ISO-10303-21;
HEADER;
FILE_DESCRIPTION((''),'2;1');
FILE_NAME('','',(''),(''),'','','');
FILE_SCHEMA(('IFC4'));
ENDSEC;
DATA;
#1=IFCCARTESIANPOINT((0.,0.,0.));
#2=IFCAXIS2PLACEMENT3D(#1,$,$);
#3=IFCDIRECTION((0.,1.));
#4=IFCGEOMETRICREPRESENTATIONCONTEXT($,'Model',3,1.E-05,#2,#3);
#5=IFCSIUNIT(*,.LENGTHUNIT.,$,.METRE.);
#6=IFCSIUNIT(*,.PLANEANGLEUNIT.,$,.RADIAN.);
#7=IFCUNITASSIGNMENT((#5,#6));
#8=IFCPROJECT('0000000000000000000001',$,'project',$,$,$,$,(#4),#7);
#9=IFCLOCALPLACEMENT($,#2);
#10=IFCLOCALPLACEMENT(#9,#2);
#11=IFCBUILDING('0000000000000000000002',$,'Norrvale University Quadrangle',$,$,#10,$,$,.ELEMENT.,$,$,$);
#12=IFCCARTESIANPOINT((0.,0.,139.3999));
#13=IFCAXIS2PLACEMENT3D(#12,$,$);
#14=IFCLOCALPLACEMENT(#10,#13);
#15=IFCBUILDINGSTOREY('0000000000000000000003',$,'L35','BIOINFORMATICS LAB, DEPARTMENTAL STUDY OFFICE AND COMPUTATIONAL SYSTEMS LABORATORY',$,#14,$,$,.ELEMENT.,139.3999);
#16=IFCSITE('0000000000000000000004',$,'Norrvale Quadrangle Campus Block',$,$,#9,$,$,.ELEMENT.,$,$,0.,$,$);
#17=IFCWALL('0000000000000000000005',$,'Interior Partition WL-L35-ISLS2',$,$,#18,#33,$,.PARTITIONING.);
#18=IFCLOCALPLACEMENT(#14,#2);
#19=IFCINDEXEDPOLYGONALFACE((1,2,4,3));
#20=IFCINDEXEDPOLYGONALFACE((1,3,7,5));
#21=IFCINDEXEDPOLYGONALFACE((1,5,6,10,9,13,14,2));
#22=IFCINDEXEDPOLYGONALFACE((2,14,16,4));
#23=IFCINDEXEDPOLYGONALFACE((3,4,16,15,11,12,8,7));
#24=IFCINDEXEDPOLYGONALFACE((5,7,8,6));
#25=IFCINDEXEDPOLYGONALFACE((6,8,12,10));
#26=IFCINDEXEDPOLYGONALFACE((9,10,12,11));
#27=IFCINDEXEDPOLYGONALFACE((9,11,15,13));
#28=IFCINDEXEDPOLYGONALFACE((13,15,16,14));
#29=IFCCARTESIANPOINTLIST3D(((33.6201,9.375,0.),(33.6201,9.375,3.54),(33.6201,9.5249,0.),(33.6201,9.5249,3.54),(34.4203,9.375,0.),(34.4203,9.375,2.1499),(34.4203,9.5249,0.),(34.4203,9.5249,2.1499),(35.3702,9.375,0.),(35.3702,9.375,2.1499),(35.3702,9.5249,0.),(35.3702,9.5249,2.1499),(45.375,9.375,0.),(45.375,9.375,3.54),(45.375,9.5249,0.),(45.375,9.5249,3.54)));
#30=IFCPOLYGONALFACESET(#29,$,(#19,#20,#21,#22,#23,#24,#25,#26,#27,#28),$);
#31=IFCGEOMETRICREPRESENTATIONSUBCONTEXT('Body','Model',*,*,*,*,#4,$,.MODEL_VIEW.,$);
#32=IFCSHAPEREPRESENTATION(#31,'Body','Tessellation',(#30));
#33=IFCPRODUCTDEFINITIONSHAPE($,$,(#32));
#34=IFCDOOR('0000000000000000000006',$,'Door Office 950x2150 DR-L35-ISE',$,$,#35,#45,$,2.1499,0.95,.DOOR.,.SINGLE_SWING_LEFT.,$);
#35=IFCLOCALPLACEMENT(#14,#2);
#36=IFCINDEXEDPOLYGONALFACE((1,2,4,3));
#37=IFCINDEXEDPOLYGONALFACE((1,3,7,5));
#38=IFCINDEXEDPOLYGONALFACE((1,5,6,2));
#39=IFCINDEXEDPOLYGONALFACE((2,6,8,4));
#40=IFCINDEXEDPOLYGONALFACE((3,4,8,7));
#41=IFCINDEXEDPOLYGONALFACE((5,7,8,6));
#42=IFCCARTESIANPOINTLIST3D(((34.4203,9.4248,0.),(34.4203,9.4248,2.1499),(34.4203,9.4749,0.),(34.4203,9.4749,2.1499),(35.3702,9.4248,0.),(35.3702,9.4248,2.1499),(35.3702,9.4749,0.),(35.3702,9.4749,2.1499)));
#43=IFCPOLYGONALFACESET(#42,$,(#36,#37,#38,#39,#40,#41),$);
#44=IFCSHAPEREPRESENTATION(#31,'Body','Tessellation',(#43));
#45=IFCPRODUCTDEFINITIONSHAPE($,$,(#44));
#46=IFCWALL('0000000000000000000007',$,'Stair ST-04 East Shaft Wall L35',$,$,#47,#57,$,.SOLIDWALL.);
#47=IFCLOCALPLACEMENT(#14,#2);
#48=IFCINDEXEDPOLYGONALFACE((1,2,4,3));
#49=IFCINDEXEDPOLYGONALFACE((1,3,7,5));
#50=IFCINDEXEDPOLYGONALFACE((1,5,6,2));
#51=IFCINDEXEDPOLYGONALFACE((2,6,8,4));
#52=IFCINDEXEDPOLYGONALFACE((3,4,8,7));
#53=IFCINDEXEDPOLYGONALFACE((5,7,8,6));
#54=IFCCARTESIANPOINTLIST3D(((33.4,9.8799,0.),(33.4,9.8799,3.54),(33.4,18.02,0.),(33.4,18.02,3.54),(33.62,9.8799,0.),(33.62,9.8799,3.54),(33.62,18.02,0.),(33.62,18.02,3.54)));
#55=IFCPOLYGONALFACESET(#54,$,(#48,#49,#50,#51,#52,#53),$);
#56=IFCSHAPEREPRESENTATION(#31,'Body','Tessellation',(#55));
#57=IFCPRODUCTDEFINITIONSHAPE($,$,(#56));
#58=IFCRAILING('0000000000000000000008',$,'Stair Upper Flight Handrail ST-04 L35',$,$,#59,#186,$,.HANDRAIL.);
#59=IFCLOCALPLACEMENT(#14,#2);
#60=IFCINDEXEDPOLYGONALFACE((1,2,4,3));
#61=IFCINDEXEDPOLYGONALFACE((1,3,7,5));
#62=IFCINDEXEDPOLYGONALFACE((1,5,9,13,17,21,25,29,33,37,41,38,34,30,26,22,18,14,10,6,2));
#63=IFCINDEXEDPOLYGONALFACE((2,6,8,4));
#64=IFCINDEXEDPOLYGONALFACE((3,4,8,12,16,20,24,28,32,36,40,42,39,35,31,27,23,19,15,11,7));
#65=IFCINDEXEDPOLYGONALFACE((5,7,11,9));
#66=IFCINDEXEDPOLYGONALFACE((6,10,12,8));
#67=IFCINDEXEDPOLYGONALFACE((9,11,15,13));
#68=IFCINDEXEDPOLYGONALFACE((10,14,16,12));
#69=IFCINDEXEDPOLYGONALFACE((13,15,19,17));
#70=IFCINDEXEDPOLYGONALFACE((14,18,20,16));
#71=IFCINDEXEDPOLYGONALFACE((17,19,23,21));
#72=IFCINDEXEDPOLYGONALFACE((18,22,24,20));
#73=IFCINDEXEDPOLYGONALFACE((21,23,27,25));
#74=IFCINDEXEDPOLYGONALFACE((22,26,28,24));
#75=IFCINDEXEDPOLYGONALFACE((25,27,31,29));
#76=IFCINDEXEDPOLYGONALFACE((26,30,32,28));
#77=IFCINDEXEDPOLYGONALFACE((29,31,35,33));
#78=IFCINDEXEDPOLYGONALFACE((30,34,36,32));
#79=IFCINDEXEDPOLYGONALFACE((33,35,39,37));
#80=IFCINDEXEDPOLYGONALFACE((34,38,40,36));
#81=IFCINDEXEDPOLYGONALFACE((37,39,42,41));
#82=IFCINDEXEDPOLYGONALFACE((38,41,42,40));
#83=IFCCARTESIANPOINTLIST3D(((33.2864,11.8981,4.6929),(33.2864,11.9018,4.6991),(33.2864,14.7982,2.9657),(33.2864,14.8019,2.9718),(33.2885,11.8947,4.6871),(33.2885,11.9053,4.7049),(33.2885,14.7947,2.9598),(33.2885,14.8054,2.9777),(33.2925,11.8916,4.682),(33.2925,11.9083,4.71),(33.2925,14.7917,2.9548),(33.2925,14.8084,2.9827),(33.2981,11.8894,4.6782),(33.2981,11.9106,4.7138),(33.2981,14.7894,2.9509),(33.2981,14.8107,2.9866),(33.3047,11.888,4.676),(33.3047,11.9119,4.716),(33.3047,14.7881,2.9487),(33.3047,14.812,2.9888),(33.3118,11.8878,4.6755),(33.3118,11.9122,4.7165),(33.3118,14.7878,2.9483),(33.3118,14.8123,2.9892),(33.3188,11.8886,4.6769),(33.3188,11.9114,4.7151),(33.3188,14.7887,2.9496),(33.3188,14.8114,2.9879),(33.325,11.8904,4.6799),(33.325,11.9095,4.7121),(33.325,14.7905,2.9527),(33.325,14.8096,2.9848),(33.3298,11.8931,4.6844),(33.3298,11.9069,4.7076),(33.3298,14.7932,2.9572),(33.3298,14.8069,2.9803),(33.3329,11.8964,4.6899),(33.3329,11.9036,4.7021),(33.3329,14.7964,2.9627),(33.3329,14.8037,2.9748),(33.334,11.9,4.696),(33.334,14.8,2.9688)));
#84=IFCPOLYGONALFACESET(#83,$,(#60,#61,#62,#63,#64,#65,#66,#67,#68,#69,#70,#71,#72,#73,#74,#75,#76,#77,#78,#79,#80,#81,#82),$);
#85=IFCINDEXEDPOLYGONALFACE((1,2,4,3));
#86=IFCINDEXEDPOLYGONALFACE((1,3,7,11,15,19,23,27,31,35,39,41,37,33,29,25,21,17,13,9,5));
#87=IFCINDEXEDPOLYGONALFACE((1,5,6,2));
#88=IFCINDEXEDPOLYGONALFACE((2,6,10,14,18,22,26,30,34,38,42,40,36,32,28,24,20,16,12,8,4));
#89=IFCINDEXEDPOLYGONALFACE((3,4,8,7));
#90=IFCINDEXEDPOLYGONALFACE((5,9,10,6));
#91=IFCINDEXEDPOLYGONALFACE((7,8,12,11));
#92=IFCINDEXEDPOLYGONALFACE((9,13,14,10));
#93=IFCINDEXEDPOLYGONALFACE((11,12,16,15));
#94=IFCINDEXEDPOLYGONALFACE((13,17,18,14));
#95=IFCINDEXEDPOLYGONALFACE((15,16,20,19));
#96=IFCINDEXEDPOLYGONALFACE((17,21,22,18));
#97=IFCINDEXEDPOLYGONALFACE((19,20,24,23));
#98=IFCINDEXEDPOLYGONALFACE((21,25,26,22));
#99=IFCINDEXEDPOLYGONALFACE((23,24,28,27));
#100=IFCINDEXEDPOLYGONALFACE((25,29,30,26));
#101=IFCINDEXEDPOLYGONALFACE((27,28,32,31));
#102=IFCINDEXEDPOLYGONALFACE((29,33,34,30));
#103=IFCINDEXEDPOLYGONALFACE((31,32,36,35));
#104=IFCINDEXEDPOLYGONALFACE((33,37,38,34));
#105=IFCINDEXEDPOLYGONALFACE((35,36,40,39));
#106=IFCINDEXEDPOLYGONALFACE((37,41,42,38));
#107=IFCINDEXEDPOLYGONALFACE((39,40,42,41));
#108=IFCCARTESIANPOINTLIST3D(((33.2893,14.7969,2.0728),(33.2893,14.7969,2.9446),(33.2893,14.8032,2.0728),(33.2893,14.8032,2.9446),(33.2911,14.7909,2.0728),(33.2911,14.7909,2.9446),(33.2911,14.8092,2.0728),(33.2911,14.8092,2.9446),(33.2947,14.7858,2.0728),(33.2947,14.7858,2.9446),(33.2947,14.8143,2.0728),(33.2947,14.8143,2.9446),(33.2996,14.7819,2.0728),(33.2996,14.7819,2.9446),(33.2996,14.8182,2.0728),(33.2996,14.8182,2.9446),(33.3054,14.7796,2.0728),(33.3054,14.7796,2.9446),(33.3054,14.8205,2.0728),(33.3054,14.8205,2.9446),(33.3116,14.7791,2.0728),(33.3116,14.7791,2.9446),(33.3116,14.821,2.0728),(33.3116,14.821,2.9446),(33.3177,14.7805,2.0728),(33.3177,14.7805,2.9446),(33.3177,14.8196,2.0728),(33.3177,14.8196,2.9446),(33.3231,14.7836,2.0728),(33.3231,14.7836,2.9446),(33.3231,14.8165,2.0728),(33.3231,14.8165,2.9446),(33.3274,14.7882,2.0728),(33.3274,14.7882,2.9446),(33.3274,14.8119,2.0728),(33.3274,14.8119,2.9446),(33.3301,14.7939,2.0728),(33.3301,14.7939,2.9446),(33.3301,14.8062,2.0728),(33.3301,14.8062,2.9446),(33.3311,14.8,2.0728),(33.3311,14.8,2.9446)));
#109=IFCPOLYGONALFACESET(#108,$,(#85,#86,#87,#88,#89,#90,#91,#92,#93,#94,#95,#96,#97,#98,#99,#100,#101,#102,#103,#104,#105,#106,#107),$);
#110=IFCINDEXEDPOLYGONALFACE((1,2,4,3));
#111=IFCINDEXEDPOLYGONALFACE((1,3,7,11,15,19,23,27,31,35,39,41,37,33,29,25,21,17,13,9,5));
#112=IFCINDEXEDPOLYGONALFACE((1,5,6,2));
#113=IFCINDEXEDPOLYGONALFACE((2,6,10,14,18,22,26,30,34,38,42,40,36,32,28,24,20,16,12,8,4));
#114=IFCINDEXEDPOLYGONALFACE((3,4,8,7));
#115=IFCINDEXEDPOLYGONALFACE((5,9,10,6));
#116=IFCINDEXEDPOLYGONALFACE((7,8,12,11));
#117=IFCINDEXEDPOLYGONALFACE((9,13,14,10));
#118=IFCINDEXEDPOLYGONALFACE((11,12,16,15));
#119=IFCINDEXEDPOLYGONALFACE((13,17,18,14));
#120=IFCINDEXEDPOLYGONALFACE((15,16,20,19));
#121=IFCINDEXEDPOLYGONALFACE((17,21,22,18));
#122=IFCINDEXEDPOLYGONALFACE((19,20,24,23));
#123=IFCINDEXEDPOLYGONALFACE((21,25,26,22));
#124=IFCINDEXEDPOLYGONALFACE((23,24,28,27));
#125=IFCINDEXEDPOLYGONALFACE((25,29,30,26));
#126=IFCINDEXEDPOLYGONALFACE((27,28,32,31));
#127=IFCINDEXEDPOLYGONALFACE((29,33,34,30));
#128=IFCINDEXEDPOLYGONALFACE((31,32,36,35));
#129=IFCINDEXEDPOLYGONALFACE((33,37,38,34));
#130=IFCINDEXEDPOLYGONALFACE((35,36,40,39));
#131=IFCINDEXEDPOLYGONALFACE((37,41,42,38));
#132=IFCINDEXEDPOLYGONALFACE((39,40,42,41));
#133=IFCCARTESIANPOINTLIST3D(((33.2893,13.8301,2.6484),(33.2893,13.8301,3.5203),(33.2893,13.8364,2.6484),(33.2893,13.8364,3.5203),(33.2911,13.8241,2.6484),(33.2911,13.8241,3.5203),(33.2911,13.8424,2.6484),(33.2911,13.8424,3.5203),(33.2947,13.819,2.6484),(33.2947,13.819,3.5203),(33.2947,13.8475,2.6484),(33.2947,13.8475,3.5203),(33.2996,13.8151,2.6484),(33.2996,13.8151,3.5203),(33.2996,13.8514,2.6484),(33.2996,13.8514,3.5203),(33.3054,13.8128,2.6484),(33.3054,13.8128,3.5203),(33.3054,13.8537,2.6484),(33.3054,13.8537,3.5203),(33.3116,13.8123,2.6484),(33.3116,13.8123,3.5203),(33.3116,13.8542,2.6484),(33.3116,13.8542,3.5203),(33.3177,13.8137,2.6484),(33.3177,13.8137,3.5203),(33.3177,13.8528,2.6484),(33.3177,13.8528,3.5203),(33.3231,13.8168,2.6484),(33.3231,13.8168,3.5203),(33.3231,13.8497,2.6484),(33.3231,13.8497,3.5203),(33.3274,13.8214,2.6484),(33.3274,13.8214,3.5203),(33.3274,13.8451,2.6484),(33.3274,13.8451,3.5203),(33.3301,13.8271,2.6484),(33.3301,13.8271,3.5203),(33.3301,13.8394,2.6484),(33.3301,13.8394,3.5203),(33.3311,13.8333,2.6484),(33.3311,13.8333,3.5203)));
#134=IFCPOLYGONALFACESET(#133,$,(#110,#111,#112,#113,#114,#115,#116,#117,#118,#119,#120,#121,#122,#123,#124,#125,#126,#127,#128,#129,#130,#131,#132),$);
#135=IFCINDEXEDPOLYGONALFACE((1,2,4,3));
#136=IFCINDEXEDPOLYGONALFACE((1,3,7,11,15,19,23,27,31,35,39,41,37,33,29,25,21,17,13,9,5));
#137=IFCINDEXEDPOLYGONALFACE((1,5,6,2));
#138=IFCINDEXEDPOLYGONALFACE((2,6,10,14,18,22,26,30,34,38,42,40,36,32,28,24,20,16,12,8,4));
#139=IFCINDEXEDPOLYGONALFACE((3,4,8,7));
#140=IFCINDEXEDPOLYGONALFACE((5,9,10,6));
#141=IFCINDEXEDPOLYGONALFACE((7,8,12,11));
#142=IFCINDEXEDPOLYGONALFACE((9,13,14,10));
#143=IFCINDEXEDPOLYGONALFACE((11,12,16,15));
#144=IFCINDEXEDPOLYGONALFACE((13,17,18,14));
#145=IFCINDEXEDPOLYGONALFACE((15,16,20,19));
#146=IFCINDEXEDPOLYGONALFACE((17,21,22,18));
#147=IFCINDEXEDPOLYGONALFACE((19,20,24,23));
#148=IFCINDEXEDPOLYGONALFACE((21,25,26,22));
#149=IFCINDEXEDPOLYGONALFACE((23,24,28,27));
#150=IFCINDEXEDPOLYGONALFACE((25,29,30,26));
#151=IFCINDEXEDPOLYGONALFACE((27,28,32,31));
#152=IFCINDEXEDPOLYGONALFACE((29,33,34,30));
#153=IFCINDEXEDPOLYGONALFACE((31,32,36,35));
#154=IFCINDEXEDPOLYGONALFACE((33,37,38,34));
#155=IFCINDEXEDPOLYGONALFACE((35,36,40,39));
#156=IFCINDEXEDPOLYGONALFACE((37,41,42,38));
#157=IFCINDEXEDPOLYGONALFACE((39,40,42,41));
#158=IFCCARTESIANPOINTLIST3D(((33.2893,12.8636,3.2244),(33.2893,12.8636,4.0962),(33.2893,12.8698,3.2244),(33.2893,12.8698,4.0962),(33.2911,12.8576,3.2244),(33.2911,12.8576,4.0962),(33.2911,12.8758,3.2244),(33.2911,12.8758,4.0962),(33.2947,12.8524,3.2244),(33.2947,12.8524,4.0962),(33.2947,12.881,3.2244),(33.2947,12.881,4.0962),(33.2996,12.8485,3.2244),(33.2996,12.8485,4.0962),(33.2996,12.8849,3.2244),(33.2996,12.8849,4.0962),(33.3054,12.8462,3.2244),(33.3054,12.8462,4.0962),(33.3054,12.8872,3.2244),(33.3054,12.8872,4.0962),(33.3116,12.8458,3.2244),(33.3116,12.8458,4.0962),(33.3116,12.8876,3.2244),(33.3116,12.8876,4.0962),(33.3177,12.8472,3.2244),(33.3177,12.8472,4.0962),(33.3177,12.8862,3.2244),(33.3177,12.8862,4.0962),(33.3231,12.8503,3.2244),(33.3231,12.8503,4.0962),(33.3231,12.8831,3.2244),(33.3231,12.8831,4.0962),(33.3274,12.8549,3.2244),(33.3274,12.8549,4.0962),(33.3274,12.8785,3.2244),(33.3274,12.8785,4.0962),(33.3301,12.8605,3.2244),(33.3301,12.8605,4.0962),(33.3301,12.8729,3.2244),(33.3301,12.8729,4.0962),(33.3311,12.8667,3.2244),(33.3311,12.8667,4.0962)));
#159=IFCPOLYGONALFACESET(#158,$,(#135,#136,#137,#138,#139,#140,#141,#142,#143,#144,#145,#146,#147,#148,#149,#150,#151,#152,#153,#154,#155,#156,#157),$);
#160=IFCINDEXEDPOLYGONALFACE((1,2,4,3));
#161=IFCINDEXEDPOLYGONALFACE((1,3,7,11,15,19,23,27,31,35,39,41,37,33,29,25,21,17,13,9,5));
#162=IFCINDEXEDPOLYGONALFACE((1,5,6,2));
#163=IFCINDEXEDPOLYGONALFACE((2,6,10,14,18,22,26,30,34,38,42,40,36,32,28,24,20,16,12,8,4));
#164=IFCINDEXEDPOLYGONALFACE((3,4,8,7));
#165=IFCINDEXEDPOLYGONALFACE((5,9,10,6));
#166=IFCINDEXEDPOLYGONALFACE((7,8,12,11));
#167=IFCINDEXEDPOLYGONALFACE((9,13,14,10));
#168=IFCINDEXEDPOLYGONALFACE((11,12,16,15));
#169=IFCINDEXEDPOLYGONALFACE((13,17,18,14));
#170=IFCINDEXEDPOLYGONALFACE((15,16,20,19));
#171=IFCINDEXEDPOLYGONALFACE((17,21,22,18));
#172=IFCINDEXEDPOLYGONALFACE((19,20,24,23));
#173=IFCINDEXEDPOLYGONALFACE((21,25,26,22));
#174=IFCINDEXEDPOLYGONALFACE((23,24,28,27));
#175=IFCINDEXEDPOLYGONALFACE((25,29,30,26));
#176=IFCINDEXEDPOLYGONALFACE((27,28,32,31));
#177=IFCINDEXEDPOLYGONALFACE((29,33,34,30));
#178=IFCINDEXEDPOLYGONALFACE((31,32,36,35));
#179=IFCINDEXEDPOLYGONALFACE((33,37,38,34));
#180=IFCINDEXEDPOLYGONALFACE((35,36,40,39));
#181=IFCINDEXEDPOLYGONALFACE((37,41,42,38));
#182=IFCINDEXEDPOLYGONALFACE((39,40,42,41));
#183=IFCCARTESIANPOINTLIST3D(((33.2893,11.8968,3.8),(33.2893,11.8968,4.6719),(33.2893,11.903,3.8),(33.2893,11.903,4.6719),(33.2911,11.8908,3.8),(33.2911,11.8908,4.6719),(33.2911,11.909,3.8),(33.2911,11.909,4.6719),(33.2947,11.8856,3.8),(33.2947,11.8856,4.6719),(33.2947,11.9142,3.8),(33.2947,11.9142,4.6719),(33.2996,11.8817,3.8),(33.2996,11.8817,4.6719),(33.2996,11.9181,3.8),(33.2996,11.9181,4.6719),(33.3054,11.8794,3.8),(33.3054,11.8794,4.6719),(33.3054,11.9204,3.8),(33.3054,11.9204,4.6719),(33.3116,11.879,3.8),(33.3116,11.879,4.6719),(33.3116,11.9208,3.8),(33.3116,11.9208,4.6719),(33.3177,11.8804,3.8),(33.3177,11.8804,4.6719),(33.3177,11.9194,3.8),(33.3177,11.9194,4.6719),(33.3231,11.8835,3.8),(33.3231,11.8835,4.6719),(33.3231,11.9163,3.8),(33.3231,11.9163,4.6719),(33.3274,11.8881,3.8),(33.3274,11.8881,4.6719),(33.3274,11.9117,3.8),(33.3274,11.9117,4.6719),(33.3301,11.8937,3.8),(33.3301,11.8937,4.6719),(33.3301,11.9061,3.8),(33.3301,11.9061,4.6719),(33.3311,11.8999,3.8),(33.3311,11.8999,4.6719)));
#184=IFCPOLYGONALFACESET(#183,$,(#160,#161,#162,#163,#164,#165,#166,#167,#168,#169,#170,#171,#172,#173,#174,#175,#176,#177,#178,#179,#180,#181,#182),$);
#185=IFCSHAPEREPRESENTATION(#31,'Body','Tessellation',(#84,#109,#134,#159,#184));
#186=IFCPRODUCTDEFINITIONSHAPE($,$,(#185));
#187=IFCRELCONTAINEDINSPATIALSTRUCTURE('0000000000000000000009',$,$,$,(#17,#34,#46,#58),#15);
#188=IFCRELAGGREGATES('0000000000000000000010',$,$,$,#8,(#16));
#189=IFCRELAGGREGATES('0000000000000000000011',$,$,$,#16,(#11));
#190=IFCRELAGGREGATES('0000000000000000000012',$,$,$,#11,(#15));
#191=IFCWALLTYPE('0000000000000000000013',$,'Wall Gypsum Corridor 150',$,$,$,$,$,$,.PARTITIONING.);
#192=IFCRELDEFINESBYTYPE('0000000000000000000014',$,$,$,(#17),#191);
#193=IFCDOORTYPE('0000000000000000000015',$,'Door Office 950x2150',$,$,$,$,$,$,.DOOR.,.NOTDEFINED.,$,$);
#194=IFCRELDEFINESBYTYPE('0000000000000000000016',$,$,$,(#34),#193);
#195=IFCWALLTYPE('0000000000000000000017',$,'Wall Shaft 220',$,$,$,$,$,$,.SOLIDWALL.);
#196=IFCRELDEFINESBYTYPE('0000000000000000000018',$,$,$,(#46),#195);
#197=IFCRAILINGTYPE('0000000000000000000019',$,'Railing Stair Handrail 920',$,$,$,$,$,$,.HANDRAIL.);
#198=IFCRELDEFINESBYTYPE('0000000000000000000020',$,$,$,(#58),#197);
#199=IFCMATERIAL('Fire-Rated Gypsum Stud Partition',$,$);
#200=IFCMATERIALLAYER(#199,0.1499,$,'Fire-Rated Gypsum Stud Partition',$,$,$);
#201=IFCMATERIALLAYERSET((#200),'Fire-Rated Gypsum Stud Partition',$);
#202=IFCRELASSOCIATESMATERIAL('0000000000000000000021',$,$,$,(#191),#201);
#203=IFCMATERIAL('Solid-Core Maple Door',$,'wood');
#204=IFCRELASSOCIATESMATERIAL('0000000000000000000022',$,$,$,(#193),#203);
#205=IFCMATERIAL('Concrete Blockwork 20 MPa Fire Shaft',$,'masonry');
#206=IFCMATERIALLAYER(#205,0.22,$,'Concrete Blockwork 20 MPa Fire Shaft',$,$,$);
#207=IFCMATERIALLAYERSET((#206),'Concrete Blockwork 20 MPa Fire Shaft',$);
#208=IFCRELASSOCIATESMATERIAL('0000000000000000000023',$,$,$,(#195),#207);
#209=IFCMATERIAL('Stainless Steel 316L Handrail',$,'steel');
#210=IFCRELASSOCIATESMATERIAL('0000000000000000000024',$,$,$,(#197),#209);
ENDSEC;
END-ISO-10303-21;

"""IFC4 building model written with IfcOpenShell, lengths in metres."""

from ifc_helpers import new_model, si_unit, direction, frame, frame_2d, origin, origin_2d, place, context, subcontext, project, spatial, rectangle, circle, extrude, material, layer, layer_set, type_object, element, fill, save


model = new_model("IFC4")

# Units and contexts
model_context = context("Model", 3, precision=1e-05, world=origin(), true_north=direction((0.0, 1.0)))
body_context = subcontext(model_context, "Body", "Model", "MODEL_VIEW")
ifc_project = project(units=[si_unit("LENGTHUNIT", "METRE"), si_unit("PLANEANGLEUNIT", "RADIAN")], contexts=[model_context])

# Site, building, storey
site_placement = place(None, origin())
site = spatial("IfcSite", under=ifc_project, at=site_placement, Name="Norrvale Quadrangle Campus Block", CompositionType="ELEMENT", RefElevation=0.0)
building_placement = place(site_placement, origin())
building = spatial("IfcBuilding", under=site, at=building_placement, Name="Norrvale University Quadrangle", CompositionType="ELEMENT")
storey_placement = place(building_placement, frame((0.0, 0.0, 139.3999)))
storey = spatial("IfcBuildingStorey", under=building, at=storey_placement, Name="L35", Description="BIOINFORMATICS LAB, DEPARTMENTAL STUDY OFFICE AND COMPUTATIONAL SYSTEMS LABORATORY", CompositionType="ELEMENT", Elevation=139.3999)

# Wall, opening, door
ifc_material_1 = material(Name="Fire-Rated Gypsum Stud Partition")
ifc_layer_1 = layer(ifc_material_1, 0.1499, Name="Fire-Rated Gypsum Stud Partition")
ifc_layer_set_1 = layer_set([ifc_layer_1], Name="Fire-Rated Gypsum Stud Partition")
wall_type_1 = type_object("IfcWallType", Name="Wall Gypsum Corridor 150", PredefinedType="PARTITIONING", material=ifc_layer_set_1)
wall_1_placement = place(storey_placement, frame((33.6201, 9.45, 0.0), z_axis=(0.0, 0.0, 1.0), x_axis=(1.0, 0.0, 0.0)))
wall_1 = element("IfcWall", 1, at=wall_1_placement, inside=storey, type_object=wall_type_1, Name="Interior Partition WL-L35-ISLS2", PredefinedType="PARTITIONING", context=body_context, shape_type="SweptSolid", body=[
    extrude(rectangle(XDim=11.7549, YDim=0.1499, at=frame_2d((5.8774, 0.0))), origin(), (0.0, 0.0, 1.0), 3.54),
])
opening_placement = place(wall_1_placement, frame((0.8, 0.0, 0.0)))
opening = element("IfcOpeningElement", 2, at=opening_placement, cuts=wall_1, PredefinedType="OPENING", context=body_context, shape_type="SweptSolid", body=[
    extrude(rectangle(XDim=0.95, YDim=2.1499, at=frame_2d((0.4751, 1.075))), frame((0.0, 0.0869, 0.0), z_axis=(0.0, -1.0, 0.0), x_axis=(1.0, 0.0, 0.0)), (0.0, 0.0, 1.0), 0.1738),
])
ifc_material_2 = material(Name="Solid-Core Maple Door", Category="wood")
door_type = type_object("IfcDoorType", Name="Door Office 950x2150", OperationType="NOTDEFINED", PredefinedType="DOOR", material=ifc_material_2)
door_placement = place(opening_placement, origin())
door = element("IfcDoor", 3, at=door_placement, inside=storey, type_object=door_type, Name="Door Office 950x2150 DR-L35-ISE", OperationType="SINGLE_SWING_LEFT", OverallHeight=2.1499, OverallWidth=0.95, PredefinedType="DOOR", context=body_context, shape_type="SweptSolid", body=[
    extrude(rectangle(XDim=0.95, YDim=2.1499, at=frame_2d((0.4751, 1.075))), frame((0.0, 0.0249, 0.0), z_axis=(0.0, -1.0, 0.0), x_axis=(1.0, 0.0, 0.0)), (0.0, 0.0, 1.0), 0.05),
])
fill(opening, door)

# Wall
ifc_material_3 = material(Name="Concrete Blockwork 20 MPa Fire Shaft", Category="masonry")
ifc_layer_2 = layer(ifc_material_3, 0.22, Name="Concrete Blockwork 20 MPa Fire Shaft")
ifc_layer_set_2 = layer_set([ifc_layer_2], Name="Concrete Blockwork 20 MPa Fire Shaft")
wall_type_2 = type_object("IfcWallType", Name="Wall Shaft 220", PredefinedType="SOLIDWALL", material=ifc_layer_set_2)
wall_2_placement = place(storey_placement, frame((33.51, 9.8799, 0.0), z_axis=(0.0, 0.0, 1.0), x_axis=(0.0, 1.0, 0.0)))
element("IfcWall", 4, at=wall_2_placement, inside=storey, type_object=wall_type_2, Name="Stair ST-04 East Shaft Wall L35", PredefinedType="SOLIDWALL", context=body_context, shape_type="SweptSolid", body=[
    extrude(rectangle(XDim=8.1401, YDim=0.22, at=frame_2d((4.0701, 0.0))), origin(), (0.0, 0.0, 1.0), 3.54),
])

# Railing
ifc_material_4 = material(Name="Stainless Steel 316L Handrail", Category="steel")
railing_type = type_object("IfcRailingType", Name="Railing Stair Handrail 920", PredefinedType="HANDRAIL", material=ifc_material_4)
railing_placement = place(storey_placement, frame((33.3101, 14.8, 2.0728)))
element("IfcRailing", 5, at=railing_placement, inside=storey, type_object=railing_type, Name="Stair Upper Flight Handrail ST-04 L35", PredefinedType="HANDRAIL", context=body_context, shape_type="SweptSolid", body=[
    extrude(circle(Radius=0.0239, at=origin_2d()), frame((0.0, 0.0, 0.896), z_axis=(0.0, -0.85916, 0.511706), x_axis=(1.0, 0.0, 0.0)), (0.0, 0.0, 1.0), 3.3755),
    extrude(circle(Radius=0.021, at=origin_2d()), origin(), (0.0, 0.0, 1.0), 0.8718),
    extrude(circle(Radius=0.021, at=origin_2d()), frame((0.0, -0.9668, 0.5757)), (0.0, 0.0, 1.0), 0.8718),
    extrude(circle(Radius=0.021, at=origin_2d()), frame((0.0, -1.9333, 1.1516)), (0.0, 0.0, 1.0), 0.8718),
    extrude(circle(Radius=0.021, at=origin_2d()), frame((0.0, -2.9001, 1.7273)), (0.0, 0.0, 1.0), 0.8718),
])

save(model, "model.ifc")
